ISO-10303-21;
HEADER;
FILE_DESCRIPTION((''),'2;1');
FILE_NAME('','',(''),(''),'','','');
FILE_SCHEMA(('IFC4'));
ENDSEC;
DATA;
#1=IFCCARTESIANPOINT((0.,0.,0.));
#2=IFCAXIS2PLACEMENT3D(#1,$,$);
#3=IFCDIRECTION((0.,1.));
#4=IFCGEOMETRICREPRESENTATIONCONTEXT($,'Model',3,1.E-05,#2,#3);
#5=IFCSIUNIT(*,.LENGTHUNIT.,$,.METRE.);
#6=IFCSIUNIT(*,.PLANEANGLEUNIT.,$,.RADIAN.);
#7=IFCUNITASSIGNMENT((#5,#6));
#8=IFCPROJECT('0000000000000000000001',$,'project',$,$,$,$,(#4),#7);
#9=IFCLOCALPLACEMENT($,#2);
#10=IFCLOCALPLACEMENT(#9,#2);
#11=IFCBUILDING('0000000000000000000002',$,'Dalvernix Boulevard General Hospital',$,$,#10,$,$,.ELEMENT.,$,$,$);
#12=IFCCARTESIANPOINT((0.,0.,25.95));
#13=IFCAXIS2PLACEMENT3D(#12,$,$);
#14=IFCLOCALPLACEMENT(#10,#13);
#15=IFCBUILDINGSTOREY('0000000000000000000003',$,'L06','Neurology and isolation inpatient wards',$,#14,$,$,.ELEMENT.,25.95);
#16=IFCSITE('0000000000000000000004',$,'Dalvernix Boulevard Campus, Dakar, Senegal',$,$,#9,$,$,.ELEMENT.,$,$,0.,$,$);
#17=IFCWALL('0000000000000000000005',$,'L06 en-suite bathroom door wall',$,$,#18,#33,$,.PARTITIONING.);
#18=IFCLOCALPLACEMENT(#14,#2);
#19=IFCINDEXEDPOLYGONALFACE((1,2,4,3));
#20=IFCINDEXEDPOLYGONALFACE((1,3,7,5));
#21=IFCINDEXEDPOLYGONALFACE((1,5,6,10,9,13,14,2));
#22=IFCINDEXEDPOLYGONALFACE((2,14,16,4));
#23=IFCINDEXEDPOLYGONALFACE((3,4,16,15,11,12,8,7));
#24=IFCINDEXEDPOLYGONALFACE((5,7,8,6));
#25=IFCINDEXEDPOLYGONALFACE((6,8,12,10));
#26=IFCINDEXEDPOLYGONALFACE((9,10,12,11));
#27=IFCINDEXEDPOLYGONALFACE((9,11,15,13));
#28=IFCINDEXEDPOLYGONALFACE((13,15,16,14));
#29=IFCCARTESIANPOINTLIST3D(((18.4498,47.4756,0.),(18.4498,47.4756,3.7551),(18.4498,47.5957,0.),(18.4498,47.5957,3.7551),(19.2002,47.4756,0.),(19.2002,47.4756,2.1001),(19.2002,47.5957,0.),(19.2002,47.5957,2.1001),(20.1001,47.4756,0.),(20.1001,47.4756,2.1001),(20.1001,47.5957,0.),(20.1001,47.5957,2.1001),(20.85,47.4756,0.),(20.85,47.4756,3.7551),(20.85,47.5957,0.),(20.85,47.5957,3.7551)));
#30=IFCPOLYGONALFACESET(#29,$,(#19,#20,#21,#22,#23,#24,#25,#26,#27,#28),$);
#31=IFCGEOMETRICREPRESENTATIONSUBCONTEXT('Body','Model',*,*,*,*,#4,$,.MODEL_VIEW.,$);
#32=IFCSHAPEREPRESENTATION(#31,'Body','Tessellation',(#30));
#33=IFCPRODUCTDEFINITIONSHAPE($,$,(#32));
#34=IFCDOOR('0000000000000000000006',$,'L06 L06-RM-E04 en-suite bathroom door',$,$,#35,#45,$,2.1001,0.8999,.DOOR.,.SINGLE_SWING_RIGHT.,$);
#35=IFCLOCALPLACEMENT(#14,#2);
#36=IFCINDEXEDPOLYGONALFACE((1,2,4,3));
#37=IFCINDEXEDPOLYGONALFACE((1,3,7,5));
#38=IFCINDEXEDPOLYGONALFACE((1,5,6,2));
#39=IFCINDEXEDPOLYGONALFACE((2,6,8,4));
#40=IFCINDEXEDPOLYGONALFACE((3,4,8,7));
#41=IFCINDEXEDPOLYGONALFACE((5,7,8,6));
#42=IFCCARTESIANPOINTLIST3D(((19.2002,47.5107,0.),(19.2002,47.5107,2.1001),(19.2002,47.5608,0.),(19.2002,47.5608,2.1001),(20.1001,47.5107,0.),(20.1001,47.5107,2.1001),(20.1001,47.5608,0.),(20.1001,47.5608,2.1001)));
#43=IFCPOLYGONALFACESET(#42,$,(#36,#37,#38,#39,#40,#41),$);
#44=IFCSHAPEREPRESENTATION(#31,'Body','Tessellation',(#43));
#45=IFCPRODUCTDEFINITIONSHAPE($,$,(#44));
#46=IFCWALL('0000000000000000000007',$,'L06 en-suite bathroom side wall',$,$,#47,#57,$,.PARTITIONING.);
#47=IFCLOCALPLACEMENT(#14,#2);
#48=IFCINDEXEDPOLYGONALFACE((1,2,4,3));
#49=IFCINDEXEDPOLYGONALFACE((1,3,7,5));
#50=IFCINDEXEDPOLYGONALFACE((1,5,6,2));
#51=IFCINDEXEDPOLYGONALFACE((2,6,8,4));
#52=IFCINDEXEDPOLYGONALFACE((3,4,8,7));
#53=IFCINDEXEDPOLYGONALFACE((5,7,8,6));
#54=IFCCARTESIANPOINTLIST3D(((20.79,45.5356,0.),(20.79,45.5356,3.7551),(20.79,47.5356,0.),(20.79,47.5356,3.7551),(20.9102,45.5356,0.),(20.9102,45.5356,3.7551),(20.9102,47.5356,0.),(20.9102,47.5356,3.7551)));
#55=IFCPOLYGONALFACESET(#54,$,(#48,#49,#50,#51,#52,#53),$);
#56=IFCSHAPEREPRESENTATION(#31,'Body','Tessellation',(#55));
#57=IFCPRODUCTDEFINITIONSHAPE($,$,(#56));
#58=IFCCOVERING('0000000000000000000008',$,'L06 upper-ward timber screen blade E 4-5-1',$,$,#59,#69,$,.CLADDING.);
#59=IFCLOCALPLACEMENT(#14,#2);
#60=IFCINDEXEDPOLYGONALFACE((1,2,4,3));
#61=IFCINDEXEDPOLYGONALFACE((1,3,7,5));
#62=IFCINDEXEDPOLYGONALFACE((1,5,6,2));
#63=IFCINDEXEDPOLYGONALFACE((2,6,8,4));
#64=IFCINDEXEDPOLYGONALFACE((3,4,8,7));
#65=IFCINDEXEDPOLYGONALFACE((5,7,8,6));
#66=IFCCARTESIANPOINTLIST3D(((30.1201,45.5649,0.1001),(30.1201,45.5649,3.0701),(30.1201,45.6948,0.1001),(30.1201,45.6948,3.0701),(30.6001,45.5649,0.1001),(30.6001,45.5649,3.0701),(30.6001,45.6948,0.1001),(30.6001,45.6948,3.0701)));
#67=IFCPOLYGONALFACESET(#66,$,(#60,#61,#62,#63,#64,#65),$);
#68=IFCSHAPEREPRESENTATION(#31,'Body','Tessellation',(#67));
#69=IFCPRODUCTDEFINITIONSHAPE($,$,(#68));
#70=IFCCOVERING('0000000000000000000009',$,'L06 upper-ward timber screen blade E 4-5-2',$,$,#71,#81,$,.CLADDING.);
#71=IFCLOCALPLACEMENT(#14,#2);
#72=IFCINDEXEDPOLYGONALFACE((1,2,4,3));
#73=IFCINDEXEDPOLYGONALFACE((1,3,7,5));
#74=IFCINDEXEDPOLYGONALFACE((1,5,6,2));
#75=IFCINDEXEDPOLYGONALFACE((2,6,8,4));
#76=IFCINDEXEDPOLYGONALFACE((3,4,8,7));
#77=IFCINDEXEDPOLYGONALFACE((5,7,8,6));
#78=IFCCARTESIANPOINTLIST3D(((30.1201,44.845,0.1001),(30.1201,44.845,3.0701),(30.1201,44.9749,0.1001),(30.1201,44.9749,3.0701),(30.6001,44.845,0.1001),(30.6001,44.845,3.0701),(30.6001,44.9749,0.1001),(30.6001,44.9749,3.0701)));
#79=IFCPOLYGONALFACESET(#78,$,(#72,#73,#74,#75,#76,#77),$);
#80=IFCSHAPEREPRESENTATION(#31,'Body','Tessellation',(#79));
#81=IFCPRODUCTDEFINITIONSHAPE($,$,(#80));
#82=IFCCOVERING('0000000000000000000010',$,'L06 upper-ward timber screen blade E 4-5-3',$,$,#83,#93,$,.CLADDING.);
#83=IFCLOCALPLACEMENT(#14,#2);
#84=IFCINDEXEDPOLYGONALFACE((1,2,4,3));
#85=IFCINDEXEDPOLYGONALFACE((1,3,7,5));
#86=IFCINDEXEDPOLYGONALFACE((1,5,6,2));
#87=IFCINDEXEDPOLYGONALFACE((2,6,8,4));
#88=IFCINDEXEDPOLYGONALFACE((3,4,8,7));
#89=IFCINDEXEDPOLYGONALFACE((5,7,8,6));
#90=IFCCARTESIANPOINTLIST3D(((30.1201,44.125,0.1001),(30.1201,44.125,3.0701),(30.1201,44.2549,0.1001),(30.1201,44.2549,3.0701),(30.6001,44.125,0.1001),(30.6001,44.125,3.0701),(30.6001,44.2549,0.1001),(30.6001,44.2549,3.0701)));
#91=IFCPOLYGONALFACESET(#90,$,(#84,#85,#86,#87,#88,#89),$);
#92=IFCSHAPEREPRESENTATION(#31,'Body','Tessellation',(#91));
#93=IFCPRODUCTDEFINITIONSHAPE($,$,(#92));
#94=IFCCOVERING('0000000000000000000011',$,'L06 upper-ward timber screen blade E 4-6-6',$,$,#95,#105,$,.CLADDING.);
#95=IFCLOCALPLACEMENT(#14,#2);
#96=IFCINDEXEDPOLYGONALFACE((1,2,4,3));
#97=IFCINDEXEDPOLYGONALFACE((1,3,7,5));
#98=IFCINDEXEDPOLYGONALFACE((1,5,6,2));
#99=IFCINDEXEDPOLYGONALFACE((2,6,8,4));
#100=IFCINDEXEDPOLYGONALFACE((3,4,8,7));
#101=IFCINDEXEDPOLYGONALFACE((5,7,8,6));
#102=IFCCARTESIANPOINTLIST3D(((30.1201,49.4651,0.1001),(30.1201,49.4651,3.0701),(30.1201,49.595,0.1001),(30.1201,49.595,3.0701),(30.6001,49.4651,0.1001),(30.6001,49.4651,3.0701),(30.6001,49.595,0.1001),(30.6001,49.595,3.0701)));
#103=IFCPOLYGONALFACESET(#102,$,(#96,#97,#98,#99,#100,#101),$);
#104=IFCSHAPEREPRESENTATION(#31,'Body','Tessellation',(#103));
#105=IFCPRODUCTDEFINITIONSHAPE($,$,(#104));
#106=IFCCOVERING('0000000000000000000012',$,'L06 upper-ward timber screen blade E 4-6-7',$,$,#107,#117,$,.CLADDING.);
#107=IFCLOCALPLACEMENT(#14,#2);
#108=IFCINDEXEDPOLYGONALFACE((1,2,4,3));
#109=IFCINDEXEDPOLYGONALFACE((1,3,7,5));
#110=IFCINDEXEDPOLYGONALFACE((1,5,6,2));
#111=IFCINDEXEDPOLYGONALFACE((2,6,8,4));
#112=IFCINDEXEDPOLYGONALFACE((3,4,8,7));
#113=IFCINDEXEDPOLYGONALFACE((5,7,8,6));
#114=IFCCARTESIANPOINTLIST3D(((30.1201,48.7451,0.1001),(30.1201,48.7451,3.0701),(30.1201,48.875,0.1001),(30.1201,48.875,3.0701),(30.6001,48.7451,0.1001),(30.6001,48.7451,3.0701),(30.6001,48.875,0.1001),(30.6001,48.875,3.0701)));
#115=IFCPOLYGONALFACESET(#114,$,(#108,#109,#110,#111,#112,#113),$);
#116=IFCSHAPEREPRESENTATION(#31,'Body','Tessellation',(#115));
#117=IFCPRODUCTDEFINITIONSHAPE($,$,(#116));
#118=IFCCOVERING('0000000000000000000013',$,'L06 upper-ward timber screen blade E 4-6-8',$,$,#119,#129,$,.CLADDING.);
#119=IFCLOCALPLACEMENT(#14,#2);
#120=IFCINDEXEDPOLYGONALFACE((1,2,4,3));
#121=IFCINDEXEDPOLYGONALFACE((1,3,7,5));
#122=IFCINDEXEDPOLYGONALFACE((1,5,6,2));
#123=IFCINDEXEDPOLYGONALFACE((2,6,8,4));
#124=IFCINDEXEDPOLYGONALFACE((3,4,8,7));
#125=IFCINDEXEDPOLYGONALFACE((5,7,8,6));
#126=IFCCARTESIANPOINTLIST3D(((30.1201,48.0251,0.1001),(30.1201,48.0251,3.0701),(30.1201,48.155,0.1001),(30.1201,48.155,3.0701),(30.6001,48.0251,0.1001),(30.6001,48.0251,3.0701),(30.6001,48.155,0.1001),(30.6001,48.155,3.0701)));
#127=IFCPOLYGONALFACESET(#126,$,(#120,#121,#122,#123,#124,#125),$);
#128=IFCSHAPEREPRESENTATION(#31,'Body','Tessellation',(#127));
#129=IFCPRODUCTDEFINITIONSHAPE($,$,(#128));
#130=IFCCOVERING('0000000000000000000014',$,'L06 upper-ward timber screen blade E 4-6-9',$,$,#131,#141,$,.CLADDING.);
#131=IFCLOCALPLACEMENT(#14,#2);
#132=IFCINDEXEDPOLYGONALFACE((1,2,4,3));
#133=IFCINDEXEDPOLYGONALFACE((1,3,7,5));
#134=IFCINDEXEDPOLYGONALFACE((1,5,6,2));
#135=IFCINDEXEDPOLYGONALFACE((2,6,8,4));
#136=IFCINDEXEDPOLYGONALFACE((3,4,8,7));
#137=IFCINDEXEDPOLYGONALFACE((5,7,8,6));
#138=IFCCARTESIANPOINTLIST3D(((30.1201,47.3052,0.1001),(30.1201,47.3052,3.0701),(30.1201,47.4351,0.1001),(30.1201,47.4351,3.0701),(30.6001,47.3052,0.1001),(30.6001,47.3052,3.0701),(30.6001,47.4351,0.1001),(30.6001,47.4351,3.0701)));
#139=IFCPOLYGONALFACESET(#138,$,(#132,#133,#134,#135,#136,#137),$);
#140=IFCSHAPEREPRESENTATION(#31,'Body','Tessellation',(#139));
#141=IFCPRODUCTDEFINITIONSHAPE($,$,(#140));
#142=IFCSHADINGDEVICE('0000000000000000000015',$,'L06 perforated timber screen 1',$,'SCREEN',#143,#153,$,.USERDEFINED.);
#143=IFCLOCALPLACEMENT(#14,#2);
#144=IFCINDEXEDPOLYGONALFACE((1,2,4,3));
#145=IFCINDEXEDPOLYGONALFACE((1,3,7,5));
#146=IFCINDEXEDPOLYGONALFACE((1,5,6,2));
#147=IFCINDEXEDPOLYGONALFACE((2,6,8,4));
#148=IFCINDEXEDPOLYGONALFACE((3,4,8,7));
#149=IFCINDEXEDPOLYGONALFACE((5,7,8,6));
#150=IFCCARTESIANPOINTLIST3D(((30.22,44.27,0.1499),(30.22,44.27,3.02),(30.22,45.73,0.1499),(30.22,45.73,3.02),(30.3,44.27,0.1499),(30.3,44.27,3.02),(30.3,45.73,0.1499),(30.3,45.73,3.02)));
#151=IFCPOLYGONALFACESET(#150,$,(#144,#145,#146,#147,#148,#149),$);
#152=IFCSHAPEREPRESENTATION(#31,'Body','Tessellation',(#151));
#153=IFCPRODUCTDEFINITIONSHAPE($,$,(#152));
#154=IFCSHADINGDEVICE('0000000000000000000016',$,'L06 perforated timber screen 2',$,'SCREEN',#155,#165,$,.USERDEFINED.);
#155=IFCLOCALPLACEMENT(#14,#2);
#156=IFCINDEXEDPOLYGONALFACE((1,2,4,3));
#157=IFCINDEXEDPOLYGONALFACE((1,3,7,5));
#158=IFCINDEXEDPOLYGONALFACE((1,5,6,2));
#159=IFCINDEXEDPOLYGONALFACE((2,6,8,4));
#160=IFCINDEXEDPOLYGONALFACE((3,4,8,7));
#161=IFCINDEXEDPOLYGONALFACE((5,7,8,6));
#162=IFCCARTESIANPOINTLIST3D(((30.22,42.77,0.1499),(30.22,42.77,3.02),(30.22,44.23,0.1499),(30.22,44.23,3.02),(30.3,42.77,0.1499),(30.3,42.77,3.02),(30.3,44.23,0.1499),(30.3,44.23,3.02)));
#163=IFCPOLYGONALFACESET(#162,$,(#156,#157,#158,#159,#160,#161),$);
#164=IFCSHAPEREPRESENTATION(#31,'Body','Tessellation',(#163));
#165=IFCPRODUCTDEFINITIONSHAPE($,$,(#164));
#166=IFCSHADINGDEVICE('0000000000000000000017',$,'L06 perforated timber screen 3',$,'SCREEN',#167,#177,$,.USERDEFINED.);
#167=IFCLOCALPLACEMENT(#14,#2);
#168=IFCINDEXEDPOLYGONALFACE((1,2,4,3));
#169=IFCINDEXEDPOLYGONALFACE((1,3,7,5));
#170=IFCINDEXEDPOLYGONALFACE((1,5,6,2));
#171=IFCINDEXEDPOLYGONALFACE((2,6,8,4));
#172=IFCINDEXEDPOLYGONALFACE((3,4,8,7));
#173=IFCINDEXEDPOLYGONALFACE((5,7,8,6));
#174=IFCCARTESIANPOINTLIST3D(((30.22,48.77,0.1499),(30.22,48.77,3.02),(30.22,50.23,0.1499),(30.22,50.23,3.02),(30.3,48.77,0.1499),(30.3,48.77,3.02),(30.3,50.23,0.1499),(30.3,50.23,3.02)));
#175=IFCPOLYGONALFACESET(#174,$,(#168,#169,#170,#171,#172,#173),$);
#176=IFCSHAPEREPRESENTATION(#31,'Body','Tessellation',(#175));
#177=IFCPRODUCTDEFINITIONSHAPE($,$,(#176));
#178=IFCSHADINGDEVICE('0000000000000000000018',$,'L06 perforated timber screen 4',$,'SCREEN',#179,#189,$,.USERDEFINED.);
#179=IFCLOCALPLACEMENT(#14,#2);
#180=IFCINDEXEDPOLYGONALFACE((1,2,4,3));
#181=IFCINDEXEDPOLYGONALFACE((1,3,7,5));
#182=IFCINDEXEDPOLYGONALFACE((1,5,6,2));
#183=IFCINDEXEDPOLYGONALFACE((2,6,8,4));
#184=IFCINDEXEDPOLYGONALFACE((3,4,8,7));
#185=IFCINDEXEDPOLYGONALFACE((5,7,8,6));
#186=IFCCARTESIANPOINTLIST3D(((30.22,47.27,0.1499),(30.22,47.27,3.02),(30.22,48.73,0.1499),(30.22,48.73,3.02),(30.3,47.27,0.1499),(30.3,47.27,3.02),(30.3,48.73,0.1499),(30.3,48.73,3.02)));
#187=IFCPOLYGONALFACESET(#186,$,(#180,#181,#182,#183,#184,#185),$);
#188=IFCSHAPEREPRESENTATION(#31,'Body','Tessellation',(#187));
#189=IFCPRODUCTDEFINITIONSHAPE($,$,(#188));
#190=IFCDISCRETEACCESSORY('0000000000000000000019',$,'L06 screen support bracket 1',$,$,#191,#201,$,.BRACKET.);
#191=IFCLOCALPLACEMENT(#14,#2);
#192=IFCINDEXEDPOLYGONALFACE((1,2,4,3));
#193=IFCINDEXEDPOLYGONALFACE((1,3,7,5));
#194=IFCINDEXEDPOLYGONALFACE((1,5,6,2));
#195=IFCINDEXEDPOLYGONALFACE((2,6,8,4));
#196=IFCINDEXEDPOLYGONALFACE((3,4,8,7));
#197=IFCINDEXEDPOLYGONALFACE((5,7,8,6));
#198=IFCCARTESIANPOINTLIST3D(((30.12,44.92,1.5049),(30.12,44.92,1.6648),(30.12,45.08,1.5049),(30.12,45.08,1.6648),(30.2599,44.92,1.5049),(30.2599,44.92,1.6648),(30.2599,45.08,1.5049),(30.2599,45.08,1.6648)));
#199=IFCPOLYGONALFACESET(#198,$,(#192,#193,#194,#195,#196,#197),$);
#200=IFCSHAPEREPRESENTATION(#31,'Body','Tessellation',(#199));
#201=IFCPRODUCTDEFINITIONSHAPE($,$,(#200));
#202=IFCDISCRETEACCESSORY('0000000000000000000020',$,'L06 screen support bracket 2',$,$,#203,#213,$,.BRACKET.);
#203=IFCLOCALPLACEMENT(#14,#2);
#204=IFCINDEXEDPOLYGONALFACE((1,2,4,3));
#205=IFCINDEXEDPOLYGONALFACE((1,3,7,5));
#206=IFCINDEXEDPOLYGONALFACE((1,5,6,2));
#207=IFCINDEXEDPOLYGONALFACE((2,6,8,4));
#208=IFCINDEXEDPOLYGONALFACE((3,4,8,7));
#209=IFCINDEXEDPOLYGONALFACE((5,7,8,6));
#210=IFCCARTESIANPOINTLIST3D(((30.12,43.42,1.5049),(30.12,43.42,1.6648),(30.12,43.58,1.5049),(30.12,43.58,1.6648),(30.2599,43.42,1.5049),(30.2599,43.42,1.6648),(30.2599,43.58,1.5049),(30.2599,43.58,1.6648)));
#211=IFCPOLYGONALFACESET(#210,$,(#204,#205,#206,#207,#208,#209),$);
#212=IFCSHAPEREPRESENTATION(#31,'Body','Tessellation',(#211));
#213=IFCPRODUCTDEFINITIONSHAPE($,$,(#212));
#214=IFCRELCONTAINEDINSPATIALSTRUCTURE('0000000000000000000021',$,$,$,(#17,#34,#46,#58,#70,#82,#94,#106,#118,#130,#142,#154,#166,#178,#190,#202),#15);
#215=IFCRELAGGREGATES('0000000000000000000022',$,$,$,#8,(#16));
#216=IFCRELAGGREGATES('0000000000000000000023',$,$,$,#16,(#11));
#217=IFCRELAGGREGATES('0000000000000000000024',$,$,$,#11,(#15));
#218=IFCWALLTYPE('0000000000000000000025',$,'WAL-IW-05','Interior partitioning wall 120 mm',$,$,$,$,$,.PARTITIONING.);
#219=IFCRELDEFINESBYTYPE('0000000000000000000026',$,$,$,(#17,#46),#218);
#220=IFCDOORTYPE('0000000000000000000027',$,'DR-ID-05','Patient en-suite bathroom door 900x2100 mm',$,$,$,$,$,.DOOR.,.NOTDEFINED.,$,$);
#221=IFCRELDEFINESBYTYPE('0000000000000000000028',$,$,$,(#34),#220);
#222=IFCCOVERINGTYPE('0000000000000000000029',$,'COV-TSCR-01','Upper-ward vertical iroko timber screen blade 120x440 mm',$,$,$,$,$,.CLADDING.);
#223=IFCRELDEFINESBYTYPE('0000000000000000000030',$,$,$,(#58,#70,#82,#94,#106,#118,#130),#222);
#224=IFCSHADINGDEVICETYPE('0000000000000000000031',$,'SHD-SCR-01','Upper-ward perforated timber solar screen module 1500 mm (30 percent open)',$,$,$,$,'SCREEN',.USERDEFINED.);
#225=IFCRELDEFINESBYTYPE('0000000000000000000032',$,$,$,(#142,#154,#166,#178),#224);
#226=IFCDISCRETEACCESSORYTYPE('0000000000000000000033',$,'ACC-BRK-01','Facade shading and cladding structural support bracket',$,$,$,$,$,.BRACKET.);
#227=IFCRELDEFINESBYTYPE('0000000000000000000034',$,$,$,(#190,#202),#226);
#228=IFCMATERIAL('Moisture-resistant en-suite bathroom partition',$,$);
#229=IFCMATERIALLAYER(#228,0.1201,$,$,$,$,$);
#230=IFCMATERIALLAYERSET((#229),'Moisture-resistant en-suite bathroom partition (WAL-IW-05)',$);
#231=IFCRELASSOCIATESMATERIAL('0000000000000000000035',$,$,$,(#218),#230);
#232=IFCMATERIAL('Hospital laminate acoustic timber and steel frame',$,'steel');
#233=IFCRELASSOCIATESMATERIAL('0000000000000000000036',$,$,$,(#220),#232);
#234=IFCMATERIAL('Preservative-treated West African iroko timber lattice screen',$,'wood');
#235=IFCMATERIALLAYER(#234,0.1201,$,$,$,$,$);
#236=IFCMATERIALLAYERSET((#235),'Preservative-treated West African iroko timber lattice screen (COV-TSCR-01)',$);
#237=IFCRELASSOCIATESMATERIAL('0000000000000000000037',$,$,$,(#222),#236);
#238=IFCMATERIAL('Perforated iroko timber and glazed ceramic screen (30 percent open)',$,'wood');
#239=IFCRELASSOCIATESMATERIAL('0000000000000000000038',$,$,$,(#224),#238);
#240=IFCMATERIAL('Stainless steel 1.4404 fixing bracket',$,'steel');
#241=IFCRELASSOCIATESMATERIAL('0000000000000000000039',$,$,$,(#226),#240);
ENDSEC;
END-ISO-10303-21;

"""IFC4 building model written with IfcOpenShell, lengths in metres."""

from ifc_helpers import new_model, si_unit, direction, frame, frame_2d, origin, origin_2d, place, context, subcontext, project, spatial, rectangle, extrude, material, layer, layer_set, type_object, element, fill, save


model = new_model("IFC4")

# Units and contexts
model_context = context("Model", 3, precision=1e-05, world=origin(), true_north=direction((0.0, 1.0)))
body_context = subcontext(model_context, "Body", "Model", "MODEL_VIEW")
ifc_project = project(units=[si_unit("LENGTHUNIT", "METRE"), si_unit("PLANEANGLEUNIT", "RADIAN")], contexts=[model_context])

# Site, building, storey
site_placement = place(None, origin())
site = spatial("IfcSite", under=ifc_project, at=site_placement, Name="Dalvernix Boulevard Campus, Dakar, Senegal", CompositionType="ELEMENT", RefElevation=0.0)
building_placement = place(site_placement, origin())
building = spatial("IfcBuilding", under=site, at=building_placement, Name="Dalvernix Boulevard General Hospital", CompositionType="ELEMENT")
storey_placement = place(building_placement, frame((0.0, 0.0, 25.95)))
storey = spatial("IfcBuildingStorey", under=building, at=storey_placement, Name="L06", Description="Neurology and isolation inpatient wards", CompositionType="ELEMENT", Elevation=25.95)

# Shared definitions
ifc_material_1 = material(Name="Hospital laminate acoustic timber and steel frame", Category="steel")

# Wall, opening, door
ifc_material_2 = material(Name="Moisture-resistant en-suite bathroom partition")
ifc_layer_1 = layer(ifc_material_2, 0.1201)
ifc_layer_set_1 = layer_set([ifc_layer_1], Name="Moisture-resistant en-suite bathroom partition (WAL-IW-05)")
wall_type_1 = type_object("IfcWallType", Name="WAL-IW-05", Description="Interior partitioning wall 120 mm", PredefinedType="PARTITIONING", material=ifc_layer_set_1)
wall_1_placement = place(storey_placement, frame((20.8501, 47.5356, 0.0), z_axis=(0.0, 0.0, 1.0), x_axis=(-1.0, 0.0, 0.0)))
wall_1 = element("IfcWall", 1, at=wall_1_placement, inside=storey, type_object=wall_type_1, Name="L06 en-suite bathroom door wall", PredefinedType="PARTITIONING", context=body_context, shape_type="SweptSolid", body=[
    extrude(rectangle(XDim=2.4001, YDim=0.1201, at=frame_2d((1.2002, 0.0))), origin(), (0.0, 0.0, 1.0), 3.7551),
])
opening_1_placement = place(wall_1_placement, frame((0.75, 0.0, 0.0)))
opening_1 = element("IfcOpeningElement", 2, at=opening_1_placement, cuts=wall_1, PredefinedType="OPENING", context=body_context, shape_type="SweptSolid", body=[
    extrude(rectangle(XDim=0.8999, YDim=2.1001, at=frame_2d((0.45, 1.05))), frame((0.0, 0.0701, 0.0), z_axis=(0.0, -1.0, 0.0), x_axis=(1.0, 0.0, 0.0)), (0.0, 0.0, 1.0), 0.1401),
])
door_type_1 = type_object("IfcDoorType", Name="DR-ID-05", Description="Patient en-suite bathroom door 900x2100 mm", OperationType="NOTDEFINED", PredefinedType="DOOR", material=ifc_material_1)
door_1_placement = place(opening_1_placement, origin())
door_1 = element("IfcDoor", 3, at=door_1_placement, inside=storey, type_object=door_type_1, Name="L06 L06-RM-E04 en-suite bathroom door", OperationType="SINGLE_SWING_RIGHT", OverallHeight=2.1001, OverallWidth=0.8999, PredefinedType="DOOR", context=body_context, shape_type="SweptSolid", body=[
    extrude(rectangle(XDim=0.8999, YDim=2.1001, at=frame_2d((0.45, 1.05))), frame((0.0, 0.0249, 0.0), z_axis=(0.0, -1.0, 0.0), x_axis=(1.0, 0.0, 0.0)), (0.0, 0.0, 1.0), 0.05),
])
fill(opening_1, door_1)

# Wall
wall_2_placement = place(storey_placement, frame((20.8501, 45.5356, 0.0), z_axis=(0.0, 0.0, 1.0), x_axis=(0.0, 1.0, 0.0)))
element("IfcWall", 4, at=wall_2_placement, inside=storey, type_object=wall_type_1, Name="L06 en-suite bathroom side wall", PredefinedType="PARTITIONING", context=body_context, shape_type="SweptSolid", body=[
    extrude(rectangle(XDim=2.0, YDim=0.1201, at=frame_2d((1.0, 0.0))), origin(), (0.0, 0.0, 1.0), 3.7551),
])

# Coverings
ifc_material_3 = material(Name="Preservative-treated West African iroko timber lattice screen", Category="wood")
ifc_layer_2 = layer(ifc_material_3, 0.1201)
ifc_layer_set_2 = layer_set([ifc_layer_2], Name="Preservative-treated West African iroko timber lattice screen (COV-TSCR-01)")
covering_type = type_object("IfcCoveringType", Name="COV-TSCR-01", Description="Upper-ward vertical iroko timber screen blade 120x440 mm", PredefinedType="CLADDING", material=ifc_layer_set_2)
for number, where, z_axis, x_axis, name in (
    (5, (30.3601, 45.6299, 0.1001), (0.0, 0.0, 1.0), (0.0, -1.0, 0.0), "L06 upper-ward timber screen blade E 4-5-1"),
    (6, (30.3601, 44.9099, 0.1001), (0.0, 0.0, 1.0), (0.0, -1.0, 0.0), "L06 upper-ward timber screen blade E 4-5-2"),
    (7, (30.3601, 44.1899, 0.1001), (0.0, 0.0, 1.0), (0.0, -1.0, 0.0), "L06 upper-ward timber screen blade E 4-5-3"),
    (8, (30.3601, 49.53, 0.1001), (0.0, 0.0, 1.0), (0.0, -1.0, 0.0), "L06 upper-ward timber screen blade E 4-6-6"),
    (9, (30.3601, 48.8101, 0.1001), (0.0, 0.0, 1.0), (0.0, -1.0, 0.0), "L06 upper-ward timber screen blade E 4-6-7"),
    (10, (30.3601, 48.0901, 0.1001), (0.0, 0.0, 1.0), (0.0, -1.0, 0.0), "L06 upper-ward timber screen blade E 4-6-8"),
    (11, (30.3601, 47.3701, 0.1001), (0.0, 0.0, 1.0), (0.0, -1.0, 0.0), "L06 upper-ward timber screen blade E 4-6-9"),
):
    element("IfcCovering", number, at=place(storey_placement, frame(where, z_axis=z_axis, x_axis=x_axis)), inside=storey, type_object=covering_type, Name=name, PredefinedType="CLADDING", context=body_context, shape_type="SweptSolid", body=[
        extrude(rectangle(XDim=0.1299, YDim=0.48, at=origin_2d()), origin(), (0.0, 0.0, 1.0), 2.97),
    ])

# Shading devices
ifc_material_4 = material(Name="Perforated iroko timber and glazed ceramic screen (30 percent open)", Category="wood")
shading_device_type = type_object("IfcShadingDeviceType", Name="SHD-SCR-01", Description="Upper-ward perforated timber solar screen module 1500 mm (30 percent open)", ElementType="SCREEN", PredefinedType="USERDEFINED", material=ifc_material_4)
for number, where, z_axis, x_axis, name in (
    (12, (30.26, 45.0, 0.1499), (0.0, 0.0, 1.0), (0.0, -1.0, 0.0), "L06 perforated timber screen 1"),
    (13, (30.26, 43.5, 0.1499), (0.0, 0.0, 1.0), (0.0, -1.0, 0.0), "L06 perforated timber screen 2"),
    (14, (30.26, 49.5, 0.1499), (0.0, 0.0, 1.0), (0.0, -1.0, 0.0), "L06 perforated timber screen 3"),
    (15, (30.26, 48.0, 0.1499), (0.0, 0.0, 1.0), (0.0, -1.0, 0.0), "L06 perforated timber screen 4"),
):
    element("IfcShadingDevice", number, at=place(storey_placement, frame(where, z_axis=z_axis, x_axis=x_axis)), inside=storey, type_object=shading_device_type, Name=name, ObjectType="SCREEN", PredefinedType="USERDEFINED", context=body_context, shape_type="SweptSolid", body=[
        extrude(rectangle(XDim=1.46, YDim=0.0801, at=origin_2d()), origin(), (0.0, 0.0, 1.0), 2.8701),
    ])

# Discrete accessories
ifc_material_5 = material(Name="Stainless steel 1.4404 fixing bracket", Category="steel")
discrete_accessory_type = type_object("IfcDiscreteAccessoryType", Name="ACC-BRK-01", Description="Facade shading and cladding structural support bracket", PredefinedType="BRACKET", material=ifc_material_5)
for number, where, z_axis, x_axis, name in (
    (16, (30.1899, 45.0, 1.5049), (0.0, 0.0, 1.0), (0.0, -1.0, 0.0), "L06 screen support bracket 1"),
    (17, (30.1899, 43.5, 1.5049), (0.0, 0.0, 1.0), (0.0, -1.0, 0.0), "L06 screen support bracket 2"),
):
    element("IfcDiscreteAccessory", number, at=place(storey_placement, frame(where, z_axis=z_axis, x_axis=x_axis)), inside=storey, type_object=discrete_accessory_type, Name=name, PredefinedType="BRACKET", context=body_context, shape_type="SweptSolid", body=[
        extrude(rectangle(XDim=0.1599, YDim=0.1399, at=origin_2d()), origin(), (0.0, 0.0, 1.0), 0.1599),
    ])

save(model, "model.ifc")
